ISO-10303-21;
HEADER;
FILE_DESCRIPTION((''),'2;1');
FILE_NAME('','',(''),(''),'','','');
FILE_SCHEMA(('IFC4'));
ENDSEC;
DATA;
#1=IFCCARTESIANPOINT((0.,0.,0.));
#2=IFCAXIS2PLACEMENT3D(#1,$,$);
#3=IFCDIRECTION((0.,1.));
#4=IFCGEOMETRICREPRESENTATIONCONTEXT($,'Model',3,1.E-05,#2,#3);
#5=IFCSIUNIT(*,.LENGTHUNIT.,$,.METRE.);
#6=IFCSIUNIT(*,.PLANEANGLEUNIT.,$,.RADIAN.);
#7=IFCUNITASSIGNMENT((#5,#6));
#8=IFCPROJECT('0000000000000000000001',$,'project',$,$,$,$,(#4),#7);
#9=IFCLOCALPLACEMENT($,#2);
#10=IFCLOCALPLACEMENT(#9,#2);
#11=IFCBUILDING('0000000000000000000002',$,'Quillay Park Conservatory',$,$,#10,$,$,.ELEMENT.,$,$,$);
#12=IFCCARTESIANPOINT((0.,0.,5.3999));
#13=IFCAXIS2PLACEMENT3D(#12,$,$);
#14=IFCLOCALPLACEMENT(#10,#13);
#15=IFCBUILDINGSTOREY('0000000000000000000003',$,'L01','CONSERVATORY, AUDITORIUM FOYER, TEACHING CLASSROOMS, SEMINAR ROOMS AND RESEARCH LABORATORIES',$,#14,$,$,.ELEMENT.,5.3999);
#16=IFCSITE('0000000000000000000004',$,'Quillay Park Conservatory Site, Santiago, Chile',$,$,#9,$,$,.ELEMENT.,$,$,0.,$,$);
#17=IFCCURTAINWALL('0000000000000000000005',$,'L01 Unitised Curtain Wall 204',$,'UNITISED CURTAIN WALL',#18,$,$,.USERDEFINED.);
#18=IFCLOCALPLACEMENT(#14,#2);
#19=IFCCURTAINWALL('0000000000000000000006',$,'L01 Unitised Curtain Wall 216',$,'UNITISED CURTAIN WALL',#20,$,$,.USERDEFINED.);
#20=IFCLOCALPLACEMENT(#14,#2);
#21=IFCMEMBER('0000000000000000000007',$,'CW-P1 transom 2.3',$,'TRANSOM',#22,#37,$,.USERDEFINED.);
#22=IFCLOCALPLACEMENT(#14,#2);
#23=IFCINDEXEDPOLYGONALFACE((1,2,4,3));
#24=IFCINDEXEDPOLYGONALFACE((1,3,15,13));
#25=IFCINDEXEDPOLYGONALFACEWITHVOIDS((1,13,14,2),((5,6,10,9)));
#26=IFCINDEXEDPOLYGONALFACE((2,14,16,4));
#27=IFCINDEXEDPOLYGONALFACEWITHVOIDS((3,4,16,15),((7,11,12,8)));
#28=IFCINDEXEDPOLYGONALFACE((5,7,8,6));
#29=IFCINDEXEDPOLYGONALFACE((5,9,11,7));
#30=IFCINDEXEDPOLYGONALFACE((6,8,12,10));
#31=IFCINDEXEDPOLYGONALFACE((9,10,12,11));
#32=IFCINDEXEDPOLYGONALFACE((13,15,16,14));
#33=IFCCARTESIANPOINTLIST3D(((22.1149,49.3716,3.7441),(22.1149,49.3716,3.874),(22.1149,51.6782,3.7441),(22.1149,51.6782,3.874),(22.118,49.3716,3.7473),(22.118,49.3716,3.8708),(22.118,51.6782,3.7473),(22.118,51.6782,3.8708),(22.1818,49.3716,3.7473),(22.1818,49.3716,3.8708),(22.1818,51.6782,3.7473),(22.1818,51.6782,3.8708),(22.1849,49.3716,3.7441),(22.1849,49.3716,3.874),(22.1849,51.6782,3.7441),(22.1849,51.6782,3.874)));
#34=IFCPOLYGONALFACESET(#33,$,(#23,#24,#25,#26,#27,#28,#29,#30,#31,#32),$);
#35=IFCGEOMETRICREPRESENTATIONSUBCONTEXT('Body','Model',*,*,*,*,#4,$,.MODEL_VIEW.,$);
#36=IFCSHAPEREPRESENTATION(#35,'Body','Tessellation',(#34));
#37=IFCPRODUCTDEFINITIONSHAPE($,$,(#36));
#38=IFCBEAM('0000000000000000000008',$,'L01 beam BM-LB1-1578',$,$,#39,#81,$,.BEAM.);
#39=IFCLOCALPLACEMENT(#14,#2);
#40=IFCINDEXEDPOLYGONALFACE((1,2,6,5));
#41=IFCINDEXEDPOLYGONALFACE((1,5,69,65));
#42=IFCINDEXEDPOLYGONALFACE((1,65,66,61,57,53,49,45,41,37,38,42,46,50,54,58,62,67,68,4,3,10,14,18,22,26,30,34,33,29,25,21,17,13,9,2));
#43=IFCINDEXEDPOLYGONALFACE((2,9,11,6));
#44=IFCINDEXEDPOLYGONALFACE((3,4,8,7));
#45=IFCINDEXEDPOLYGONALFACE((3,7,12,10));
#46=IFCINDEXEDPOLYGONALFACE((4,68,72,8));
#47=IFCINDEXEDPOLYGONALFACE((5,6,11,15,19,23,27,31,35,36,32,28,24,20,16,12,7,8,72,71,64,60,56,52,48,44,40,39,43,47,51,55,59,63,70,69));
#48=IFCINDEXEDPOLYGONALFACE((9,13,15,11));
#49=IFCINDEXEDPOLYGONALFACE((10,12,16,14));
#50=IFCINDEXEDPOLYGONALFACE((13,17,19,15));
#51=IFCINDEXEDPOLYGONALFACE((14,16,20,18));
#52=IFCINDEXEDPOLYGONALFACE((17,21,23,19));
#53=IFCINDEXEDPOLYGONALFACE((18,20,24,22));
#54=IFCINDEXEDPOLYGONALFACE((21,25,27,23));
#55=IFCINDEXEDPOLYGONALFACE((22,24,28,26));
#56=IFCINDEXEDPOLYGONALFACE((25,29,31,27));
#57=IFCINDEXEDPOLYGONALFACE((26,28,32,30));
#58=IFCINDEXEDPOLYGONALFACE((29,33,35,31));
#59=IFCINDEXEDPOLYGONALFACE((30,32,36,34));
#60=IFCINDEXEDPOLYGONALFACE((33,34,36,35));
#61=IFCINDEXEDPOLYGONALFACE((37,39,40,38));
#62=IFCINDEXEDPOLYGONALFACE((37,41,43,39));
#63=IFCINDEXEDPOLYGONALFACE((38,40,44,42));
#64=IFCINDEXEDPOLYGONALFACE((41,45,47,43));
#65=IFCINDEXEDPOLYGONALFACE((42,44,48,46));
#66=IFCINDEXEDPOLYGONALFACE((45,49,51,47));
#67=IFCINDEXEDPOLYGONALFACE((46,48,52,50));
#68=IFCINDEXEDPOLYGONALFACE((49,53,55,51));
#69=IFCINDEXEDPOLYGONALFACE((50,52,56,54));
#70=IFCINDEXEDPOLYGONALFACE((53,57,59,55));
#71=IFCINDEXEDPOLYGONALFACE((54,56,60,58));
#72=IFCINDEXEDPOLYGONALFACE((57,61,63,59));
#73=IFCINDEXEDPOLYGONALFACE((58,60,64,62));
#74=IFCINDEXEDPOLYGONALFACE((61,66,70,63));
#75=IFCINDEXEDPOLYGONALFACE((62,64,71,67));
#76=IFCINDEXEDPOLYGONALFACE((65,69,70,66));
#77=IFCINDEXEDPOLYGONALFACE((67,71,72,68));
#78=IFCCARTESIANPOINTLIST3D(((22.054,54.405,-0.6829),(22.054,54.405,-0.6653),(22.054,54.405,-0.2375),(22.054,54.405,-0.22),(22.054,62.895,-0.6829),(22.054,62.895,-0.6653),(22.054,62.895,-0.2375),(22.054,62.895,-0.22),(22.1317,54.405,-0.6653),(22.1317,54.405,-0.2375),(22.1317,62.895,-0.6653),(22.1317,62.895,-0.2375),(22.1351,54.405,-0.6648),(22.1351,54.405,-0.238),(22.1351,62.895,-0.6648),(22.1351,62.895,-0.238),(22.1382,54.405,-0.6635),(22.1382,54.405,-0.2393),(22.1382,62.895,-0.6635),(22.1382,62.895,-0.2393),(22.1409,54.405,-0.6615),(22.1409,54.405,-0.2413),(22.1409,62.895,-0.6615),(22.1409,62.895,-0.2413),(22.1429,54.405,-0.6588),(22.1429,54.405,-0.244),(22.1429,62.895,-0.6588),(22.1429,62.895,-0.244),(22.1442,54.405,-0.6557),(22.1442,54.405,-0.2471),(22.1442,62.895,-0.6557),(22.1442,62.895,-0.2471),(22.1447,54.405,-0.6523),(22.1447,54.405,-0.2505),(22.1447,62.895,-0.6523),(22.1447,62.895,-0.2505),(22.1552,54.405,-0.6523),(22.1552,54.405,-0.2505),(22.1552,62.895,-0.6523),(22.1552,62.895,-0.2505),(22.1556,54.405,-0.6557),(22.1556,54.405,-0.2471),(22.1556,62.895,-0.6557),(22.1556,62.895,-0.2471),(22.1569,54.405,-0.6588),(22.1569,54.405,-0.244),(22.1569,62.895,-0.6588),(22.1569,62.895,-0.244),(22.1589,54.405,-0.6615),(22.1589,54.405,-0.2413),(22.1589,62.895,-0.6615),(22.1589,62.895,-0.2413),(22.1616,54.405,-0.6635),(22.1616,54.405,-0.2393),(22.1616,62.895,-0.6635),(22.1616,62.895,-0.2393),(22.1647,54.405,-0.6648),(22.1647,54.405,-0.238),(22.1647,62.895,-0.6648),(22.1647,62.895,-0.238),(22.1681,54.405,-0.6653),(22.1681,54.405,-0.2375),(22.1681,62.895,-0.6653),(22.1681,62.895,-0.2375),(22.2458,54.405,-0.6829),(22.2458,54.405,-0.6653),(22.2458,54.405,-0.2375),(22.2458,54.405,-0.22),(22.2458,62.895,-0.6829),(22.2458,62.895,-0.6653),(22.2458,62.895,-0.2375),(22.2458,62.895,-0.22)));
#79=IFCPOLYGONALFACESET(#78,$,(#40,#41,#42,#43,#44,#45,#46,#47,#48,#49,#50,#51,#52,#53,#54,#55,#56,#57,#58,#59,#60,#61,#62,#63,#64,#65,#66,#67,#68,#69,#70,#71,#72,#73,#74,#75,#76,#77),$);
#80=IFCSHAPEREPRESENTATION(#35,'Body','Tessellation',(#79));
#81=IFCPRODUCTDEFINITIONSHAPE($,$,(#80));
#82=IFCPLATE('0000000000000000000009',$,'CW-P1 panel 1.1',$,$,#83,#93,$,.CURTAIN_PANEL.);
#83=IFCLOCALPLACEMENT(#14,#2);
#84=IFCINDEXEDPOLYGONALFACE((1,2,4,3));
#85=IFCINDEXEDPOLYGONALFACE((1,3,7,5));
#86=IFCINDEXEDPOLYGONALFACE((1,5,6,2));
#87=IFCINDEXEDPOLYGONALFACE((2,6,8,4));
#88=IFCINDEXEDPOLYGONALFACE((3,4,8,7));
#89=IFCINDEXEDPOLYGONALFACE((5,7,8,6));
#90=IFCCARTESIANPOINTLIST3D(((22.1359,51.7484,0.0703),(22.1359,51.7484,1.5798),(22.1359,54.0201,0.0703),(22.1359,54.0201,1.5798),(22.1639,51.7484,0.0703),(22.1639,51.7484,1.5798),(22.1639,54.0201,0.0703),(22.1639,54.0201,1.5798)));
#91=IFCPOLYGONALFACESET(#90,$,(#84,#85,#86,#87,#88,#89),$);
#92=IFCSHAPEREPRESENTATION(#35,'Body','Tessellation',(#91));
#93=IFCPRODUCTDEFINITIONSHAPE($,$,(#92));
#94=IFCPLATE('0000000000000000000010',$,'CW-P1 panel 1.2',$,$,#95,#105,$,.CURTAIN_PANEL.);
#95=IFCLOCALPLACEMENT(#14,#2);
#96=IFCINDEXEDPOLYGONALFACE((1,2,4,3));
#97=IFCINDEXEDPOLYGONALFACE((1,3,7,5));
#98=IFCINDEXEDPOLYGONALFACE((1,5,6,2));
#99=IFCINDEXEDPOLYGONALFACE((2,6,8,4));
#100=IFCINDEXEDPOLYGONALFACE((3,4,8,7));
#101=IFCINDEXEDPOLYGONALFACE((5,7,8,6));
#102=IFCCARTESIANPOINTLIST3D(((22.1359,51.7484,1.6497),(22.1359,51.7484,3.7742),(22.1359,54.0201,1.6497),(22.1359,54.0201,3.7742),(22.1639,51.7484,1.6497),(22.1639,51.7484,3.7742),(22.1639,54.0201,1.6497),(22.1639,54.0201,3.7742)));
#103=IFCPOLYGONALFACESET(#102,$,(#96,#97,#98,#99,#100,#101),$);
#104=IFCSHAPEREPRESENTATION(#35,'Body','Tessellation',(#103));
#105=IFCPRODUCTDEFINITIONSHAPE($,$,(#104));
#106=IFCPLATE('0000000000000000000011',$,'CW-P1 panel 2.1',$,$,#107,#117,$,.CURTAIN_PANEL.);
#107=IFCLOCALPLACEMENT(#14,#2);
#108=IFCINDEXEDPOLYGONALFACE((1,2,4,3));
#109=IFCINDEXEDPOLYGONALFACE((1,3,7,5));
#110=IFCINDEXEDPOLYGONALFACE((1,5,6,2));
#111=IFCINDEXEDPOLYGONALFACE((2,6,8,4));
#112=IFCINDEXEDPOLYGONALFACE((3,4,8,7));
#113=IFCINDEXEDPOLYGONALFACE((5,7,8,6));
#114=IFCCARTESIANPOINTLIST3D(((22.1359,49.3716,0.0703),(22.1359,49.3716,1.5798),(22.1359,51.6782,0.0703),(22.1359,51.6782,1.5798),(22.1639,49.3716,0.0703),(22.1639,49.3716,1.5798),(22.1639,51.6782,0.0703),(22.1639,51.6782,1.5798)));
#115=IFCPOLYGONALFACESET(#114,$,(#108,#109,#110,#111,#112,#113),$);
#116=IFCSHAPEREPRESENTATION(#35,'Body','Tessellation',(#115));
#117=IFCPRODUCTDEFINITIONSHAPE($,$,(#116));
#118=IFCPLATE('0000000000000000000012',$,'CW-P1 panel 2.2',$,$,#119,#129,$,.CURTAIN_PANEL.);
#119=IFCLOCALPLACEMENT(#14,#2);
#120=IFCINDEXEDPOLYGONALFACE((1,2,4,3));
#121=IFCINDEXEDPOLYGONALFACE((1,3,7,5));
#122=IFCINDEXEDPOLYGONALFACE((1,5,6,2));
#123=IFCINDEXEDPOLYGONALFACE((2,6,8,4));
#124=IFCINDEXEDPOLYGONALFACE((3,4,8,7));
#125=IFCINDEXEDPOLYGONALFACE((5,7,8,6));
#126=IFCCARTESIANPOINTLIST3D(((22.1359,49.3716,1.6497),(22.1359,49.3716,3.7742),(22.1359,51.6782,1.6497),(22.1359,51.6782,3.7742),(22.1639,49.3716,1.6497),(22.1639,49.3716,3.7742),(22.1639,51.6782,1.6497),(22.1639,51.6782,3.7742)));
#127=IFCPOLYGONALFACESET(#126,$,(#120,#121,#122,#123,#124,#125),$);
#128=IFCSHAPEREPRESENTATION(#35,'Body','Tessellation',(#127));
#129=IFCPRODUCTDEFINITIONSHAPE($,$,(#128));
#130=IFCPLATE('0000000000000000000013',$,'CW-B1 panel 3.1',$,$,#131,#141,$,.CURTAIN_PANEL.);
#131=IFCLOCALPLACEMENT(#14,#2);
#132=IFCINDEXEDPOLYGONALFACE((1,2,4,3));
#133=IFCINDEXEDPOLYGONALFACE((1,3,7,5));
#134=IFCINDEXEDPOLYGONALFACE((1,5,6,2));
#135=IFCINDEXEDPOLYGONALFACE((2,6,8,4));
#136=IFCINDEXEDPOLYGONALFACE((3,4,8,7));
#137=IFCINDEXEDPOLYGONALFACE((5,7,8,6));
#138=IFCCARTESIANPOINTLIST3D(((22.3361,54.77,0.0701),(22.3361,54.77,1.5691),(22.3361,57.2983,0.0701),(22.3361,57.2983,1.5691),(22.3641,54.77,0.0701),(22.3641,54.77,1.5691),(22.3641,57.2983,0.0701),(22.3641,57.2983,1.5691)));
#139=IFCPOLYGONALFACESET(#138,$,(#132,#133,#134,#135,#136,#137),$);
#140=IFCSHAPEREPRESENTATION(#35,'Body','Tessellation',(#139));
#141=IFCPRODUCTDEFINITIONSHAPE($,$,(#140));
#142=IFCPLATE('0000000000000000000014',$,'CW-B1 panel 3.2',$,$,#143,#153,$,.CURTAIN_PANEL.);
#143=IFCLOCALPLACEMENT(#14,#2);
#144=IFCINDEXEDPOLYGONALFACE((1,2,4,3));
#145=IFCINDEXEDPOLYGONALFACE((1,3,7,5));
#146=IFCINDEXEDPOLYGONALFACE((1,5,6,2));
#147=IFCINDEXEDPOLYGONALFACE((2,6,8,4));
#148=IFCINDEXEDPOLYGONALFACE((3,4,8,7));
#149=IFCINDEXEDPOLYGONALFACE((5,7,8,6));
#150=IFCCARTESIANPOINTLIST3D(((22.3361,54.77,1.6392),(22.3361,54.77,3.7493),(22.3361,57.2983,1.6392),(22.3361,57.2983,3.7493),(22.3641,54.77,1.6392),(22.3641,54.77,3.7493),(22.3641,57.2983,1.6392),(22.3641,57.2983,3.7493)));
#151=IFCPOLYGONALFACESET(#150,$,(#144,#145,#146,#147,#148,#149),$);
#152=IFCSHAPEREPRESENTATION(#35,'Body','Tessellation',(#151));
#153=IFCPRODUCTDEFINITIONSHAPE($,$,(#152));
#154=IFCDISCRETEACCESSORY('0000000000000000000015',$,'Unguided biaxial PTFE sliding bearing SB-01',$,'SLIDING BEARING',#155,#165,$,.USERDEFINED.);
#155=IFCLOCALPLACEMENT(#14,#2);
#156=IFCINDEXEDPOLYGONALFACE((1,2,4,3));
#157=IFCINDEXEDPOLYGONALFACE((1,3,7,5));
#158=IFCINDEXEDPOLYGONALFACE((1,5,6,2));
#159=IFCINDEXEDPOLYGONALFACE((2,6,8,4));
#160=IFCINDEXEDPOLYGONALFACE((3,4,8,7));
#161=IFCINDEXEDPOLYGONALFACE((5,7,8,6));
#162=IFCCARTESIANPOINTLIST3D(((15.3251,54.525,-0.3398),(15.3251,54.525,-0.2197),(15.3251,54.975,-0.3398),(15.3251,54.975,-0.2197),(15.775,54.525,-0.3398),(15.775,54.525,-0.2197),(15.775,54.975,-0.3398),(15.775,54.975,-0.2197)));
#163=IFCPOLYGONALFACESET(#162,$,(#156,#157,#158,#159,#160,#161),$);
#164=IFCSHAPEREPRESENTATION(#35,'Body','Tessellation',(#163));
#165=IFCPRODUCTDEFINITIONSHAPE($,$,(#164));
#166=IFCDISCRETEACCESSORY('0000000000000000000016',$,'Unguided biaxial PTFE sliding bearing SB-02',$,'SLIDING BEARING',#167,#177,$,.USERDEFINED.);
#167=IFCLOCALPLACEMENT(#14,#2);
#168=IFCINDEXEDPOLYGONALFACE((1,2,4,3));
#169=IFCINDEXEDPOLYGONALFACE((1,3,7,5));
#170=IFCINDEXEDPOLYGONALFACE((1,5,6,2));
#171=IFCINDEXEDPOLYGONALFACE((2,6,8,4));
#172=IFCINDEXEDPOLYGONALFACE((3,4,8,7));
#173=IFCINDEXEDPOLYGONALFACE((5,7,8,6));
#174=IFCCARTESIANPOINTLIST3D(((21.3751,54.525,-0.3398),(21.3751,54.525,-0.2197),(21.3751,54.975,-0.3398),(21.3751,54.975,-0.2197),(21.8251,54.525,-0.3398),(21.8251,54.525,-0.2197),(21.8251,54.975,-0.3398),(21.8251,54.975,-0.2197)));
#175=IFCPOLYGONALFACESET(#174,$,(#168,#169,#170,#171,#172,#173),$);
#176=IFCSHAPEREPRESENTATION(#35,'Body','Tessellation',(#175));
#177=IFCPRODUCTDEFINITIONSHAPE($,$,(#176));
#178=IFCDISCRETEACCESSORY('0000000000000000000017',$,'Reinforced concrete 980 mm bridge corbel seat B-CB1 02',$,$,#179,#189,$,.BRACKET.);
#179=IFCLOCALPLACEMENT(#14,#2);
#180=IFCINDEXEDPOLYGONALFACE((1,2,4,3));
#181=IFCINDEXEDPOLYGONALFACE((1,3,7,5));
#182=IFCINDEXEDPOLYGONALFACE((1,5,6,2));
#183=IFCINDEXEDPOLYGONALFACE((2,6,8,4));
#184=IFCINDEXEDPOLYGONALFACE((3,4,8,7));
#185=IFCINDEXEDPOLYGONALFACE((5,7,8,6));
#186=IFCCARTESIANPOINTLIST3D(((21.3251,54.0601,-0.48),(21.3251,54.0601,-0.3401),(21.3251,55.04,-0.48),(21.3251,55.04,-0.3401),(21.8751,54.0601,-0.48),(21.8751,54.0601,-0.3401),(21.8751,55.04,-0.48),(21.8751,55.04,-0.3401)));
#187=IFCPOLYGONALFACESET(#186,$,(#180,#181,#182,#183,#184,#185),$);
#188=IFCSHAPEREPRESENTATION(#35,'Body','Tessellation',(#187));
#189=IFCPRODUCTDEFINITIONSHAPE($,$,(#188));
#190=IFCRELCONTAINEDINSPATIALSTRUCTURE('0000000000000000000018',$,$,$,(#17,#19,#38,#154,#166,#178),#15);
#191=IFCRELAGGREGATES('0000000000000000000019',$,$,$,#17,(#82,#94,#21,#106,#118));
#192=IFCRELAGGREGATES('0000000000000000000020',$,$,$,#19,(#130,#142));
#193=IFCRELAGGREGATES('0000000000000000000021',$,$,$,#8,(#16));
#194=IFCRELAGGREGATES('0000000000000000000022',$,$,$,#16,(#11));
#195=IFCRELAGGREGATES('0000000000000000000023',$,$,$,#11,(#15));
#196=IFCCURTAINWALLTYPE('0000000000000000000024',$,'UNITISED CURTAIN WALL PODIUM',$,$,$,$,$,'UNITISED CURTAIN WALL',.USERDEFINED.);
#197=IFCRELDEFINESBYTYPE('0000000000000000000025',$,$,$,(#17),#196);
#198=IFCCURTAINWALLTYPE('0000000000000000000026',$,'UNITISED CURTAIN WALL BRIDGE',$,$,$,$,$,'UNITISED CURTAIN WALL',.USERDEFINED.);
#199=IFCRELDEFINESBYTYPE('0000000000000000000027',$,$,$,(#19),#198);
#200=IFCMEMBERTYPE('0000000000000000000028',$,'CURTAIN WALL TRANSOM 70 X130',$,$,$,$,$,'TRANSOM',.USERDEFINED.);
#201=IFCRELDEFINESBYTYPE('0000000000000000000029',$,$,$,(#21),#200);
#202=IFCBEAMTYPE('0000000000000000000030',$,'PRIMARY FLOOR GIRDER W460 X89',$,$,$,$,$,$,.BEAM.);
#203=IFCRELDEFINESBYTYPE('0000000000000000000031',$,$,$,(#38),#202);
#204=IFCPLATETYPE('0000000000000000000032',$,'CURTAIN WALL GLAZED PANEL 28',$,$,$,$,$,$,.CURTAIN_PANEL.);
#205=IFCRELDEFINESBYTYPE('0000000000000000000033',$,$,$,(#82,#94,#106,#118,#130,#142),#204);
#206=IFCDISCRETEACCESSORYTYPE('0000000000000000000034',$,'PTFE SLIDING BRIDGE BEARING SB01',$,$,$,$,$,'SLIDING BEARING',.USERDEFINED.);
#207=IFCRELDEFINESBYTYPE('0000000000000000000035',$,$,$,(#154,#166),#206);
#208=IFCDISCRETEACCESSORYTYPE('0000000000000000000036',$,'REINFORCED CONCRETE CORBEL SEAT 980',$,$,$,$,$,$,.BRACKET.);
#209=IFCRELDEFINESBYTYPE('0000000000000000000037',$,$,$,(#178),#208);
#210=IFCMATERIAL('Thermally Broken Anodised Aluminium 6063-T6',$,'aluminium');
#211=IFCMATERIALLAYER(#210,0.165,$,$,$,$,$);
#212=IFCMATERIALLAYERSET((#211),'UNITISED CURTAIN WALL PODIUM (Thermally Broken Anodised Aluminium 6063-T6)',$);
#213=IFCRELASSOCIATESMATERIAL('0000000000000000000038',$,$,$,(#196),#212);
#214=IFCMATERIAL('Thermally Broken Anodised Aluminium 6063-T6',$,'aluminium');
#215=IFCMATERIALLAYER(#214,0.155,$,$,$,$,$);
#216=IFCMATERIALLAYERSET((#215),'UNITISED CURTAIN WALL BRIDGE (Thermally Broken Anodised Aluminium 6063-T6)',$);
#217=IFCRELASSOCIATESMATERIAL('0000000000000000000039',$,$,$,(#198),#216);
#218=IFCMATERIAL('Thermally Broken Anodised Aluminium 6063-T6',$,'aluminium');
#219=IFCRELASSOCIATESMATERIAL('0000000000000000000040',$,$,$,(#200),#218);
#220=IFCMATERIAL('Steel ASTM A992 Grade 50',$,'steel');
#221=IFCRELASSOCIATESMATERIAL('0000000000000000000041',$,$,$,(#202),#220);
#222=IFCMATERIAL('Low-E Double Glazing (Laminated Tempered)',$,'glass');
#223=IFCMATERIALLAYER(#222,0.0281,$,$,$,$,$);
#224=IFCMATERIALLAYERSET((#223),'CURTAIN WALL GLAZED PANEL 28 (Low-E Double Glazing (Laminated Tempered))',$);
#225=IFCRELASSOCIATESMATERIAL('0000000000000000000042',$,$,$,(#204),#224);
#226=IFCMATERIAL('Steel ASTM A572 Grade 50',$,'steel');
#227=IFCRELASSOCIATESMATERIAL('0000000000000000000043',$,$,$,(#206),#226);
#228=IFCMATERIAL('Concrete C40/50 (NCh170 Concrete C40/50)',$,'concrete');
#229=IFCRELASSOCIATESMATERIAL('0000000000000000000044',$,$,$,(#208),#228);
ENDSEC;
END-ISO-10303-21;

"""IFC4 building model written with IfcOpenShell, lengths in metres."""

from ifc_helpers import new_model, si_unit, direction, frame, origin, origin_2d, place, context, subcontext, project, spatial, rectangle, hollow_rectangle, i_section, extrude, material, layer, layer_set, material_profile, profile_set, type_object, element, aggregate, save


model = new_model("IFC4")

# Units and contexts
model_context = context("Model", 3, precision=1e-05, world=origin(), true_north=direction((0.0, 1.0)))
body_context = subcontext(model_context, "Body", "Model", "MODEL_VIEW")
ifc_project = project(units=[si_unit("LENGTHUNIT", "METRE"), si_unit("PLANEANGLEUNIT", "RADIAN")], contexts=[model_context])

# Site, building, storey
site_placement = place(None, origin())
site = spatial("IfcSite", under=ifc_project, at=site_placement, Name="Quillay Park Conservatory Site, Santiago, Chile", CompositionType="ELEMENT", RefElevation=0.0)
building_placement = place(site_placement, origin())
building = spatial("IfcBuilding", under=site, at=building_placement, Name="Quillay Park Conservatory", CompositionType="ELEMENT")
storey_placement = place(building_placement, frame((0.0, 0.0, 5.3999)))
storey = spatial("IfcBuildingStorey", under=building, at=storey_placement, Name="L01", Description="CONSERVATORY, AUDITORIUM FOYER, TEACHING CLASSROOMS, SEMINAR ROOMS AND RESEARCH LABORATORIES", CompositionType="ELEMENT", Elevation=5.3999)

# Curtain wall
ifc_material_1 = material(Name="Thermally Broken Anodised Aluminium 6063-T6", Category="aluminium")
ifc_layer_1 = layer(ifc_material_1, 0.165)
ifc_layer_set_1 = layer_set([ifc_layer_1], Name="UNITISED CURTAIN WALL PODIUM (Thermally Broken Anodised Aluminium 6063-T6)")
curtain_wall_type_1 = type_object("IfcCurtainWallType", Name="UNITISED CURTAIN WALL PODIUM", ElementType="UNITISED CURTAIN WALL", PredefinedType="USERDEFINED", material=ifc_layer_set_1)
curtain_wall_1_placement = place(storey_placement, origin())
curtain_wall_1 = element("IfcCurtainWall", 1, at=curtain_wall_1_placement, inside=storey, type_object=curtain_wall_type_1, Name="L01 Unitised Curtain Wall 204", ObjectType="UNITISED CURTAIN WALL", PredefinedType="USERDEFINED")

# Curtain wall
ifc_material_2 = material(Name="Thermally Broken Anodised Aluminium 6063-T6", Category="aluminium")
ifc_layer_2 = layer(ifc_material_2, 0.155)
ifc_layer_set_2 = layer_set([ifc_layer_2], Name="UNITISED CURTAIN WALL BRIDGE (Thermally Broken Anodised Aluminium 6063-T6)")
curtain_wall_type_2 = type_object("IfcCurtainWallType", Name="UNITISED CURTAIN WALL BRIDGE", ElementType="UNITISED CURTAIN WALL", PredefinedType="USERDEFINED", material=ifc_layer_set_2)
curtain_wall_2_placement = place(storey_placement, origin())
curtain_wall_2 = element("IfcCurtainWall", 2, at=curtain_wall_2_placement, inside=storey, type_object=curtain_wall_type_2, Name="L01 Unitised Curtain Wall 216", ObjectType="UNITISED CURTAIN WALL", PredefinedType="USERDEFINED")

# Member
ifc_material_3 = material(Name="Thermally Broken Anodised Aluminium 6063-T6", Category="aluminium")
ifc_material_profile_1 = material_profile(ifc_material_3, hollow_rectangle(XDim=0.0701, YDim=0.1299, WallThickness=0.0032, at=origin_2d()), Name="AL70x130x3.2")
ifc_profile_set_1 = profile_set([ifc_material_profile_1], Name="Thermally Broken Anodised Aluminium 6063-T6")
member_type_1 = type_object("IfcMemberType", Name="CURTAIN WALL TRANSOM 70 X130", ElementType="TRANSOM", PredefinedType="USERDEFINED", material=ifc_profile_set_1)
member_1_placement = place(storey_placement, frame((22.1499, 51.6782, 3.8091), z_axis=(0.0, -1.0, 0.0), x_axis=(1.0, 0.0, 0.0)))
member_1 = element("IfcMember", 3, at=member_1_placement, type_object=member_type_1, Name="CW-P1 transom 2.3", ObjectType="TRANSOM", PredefinedType="USERDEFINED", context=body_context, shape_type="SweptSolid", body=[
    extrude(hollow_rectangle(XDim=0.0701, YDim=0.1299, WallThickness=0.0032, at=origin_2d()), origin(), (0.0, 0.0, 1.0), 2.3066),
])

# Beam
ifc_material_4 = material(Name="Steel ASTM A992 Grade 50", Category="steel")
ifc_material_profile_2 = material_profile(ifc_material_4, i_section(OverallWidth=0.1919, OverallDepth=0.4629, WebThickness=0.0105, FlangeThickness=0.0176, FilletRadius=0.0129, at=origin_2d()), Name="W460x89")
ifc_profile_set_2 = profile_set([ifc_material_profile_2], Name="Steel ASTM A992 Grade 50")
beam_type = type_object("IfcBeamType", Name="PRIMARY FLOOR GIRDER W460 X89", PredefinedType="BEAM", material=ifc_profile_set_2)
beam_placement = place(storey_placement, frame((22.1499, 54.405, -0.4514), z_axis=(0.0, 1.0, 0.0), x_axis=(-1.0, 0.0, 0.0)))
element("IfcBeam", 4, at=beam_placement, inside=storey, type_object=beam_type, Name="L01 beam BM-LB1-1578", PredefinedType="BEAM", context=body_context, shape_type="SweptSolid", body=[
    extrude(i_section(OverallWidth=0.1919, OverallDepth=0.4629, WebThickness=0.0105, FlangeThickness=0.0176, FilletRadius=0.0129, at=origin_2d()), origin(), (0.0, 0.0, 1.0), 8.49),
])

# Plates
ifc_material_5 = material(Name="Low-E Double Glazing (Laminated Tempered)", Category="glass")
ifc_layer_3 = layer(ifc_material_5, 0.0281)
ifc_layer_set_3 = layer_set([ifc_layer_3], Name="CURTAIN WALL GLAZED PANEL 28 (Low-E Double Glazing (Laminated Tempered))")
plate_type = type_object("IfcPlateType", Name="CURTAIN WALL GLAZED PANEL 28", PredefinedType="CURTAIN_PANEL", material=ifc_layer_set_3)
plate_1_placement = place(storey_placement, frame((22.1499, 52.8843, 0.0703), z_axis=(0.0, 0.0, 1.0), x_axis=(0.0, -1.0, 0.0)))
plate_1 = element("IfcPlate", 5, at=plate_1_placement, type_object=plate_type, Name="CW-P1 panel 1.1", PredefinedType="CURTAIN_PANEL", context=body_context, shape_type="SweptSolid", body=[
    extrude(rectangle(XDim=2.2717, YDim=0.0281, at=origin_2d()), origin(), (0.0, 0.0, 1.0), 1.5095),
])
plate_2_placement = place(storey_placement, frame((22.1499, 52.8843, 1.6497), z_axis=(0.0, 0.0, 1.0), x_axis=(0.0, -1.0, 0.0)))
plate_2 = element("IfcPlate", 6, at=plate_2_placement, type_object=plate_type, Name="CW-P1 panel 1.2", PredefinedType="CURTAIN_PANEL", context=body_context, shape_type="SweptSolid", body=[
    extrude(rectangle(XDim=2.2717, YDim=0.0281, at=origin_2d()), origin(), (0.0, 0.0, 1.0), 2.1245),
])
plate_3_placement = place(storey_placement, frame((22.1499, 50.5249, 0.0703), z_axis=(0.0, 0.0, 1.0), x_axis=(0.0, -1.0, 0.0)))
plate_3 = element("IfcPlate", 7, at=plate_3_placement, type_object=plate_type, Name="CW-P1 panel 2.1", PredefinedType="CURTAIN_PANEL", context=body_context, shape_type="SweptSolid", body=[
    extrude(rectangle(XDim=2.3066, YDim=0.0281, at=origin_2d()), origin(), (0.0, 0.0, 1.0), 1.5095),
])
plate_4_placement = place(storey_placement, frame((22.1499, 50.5249, 1.6497), z_axis=(0.0, 0.0, 1.0), x_axis=(0.0, -1.0, 0.0)))
plate_4 = element("IfcPlate", 8, at=plate_4_placement, type_object=plate_type, Name="CW-P1 panel 2.2", PredefinedType="CURTAIN_PANEL", context=body_context, shape_type="SweptSolid", body=[
    extrude(rectangle(XDim=2.3066, YDim=0.0281, at=origin_2d()), origin(), (0.0, 0.0, 1.0), 2.1245),
])
aggregate(curtain_wall_1, [plate_1, plate_2, member_1, plate_3, plate_4])
plate_5_placement = place(storey_placement, frame((22.3501, 56.0342, 0.0701), z_axis=(0.0, 0.0, 1.0), x_axis=(0.0, -1.0, 0.0)))
plate_5 = element("IfcPlate", 9, at=plate_5_placement, type_object=plate_type, Name="CW-B1 panel 3.1", PredefinedType="CURTAIN_PANEL", context=body_context, shape_type="SweptSolid", body=[
    extrude(rectangle(XDim=2.5283, YDim=0.0281, at=origin_2d()), origin(), (0.0, 0.0, 1.0), 1.499),
])
plate_6_placement = place(storey_placement, frame((22.3501, 56.0342, 1.6392), z_axis=(0.0, 0.0, 1.0), x_axis=(0.0, -1.0, 0.0)))
plate_6 = element("IfcPlate", 10, at=plate_6_placement, type_object=plate_type, Name="CW-B1 panel 3.2", PredefinedType="CURTAIN_PANEL", context=body_context, shape_type="SweptSolid", body=[
    extrude(rectangle(XDim=2.5283, YDim=0.0281, at=origin_2d()), origin(), (0.0, 0.0, 1.0), 2.1101),
])
aggregate(curtain_wall_2, [plate_5, plate_6])

# Discrete accessories
ifc_material_6 = material(Name="Steel ASTM A572 Grade 50", Category="steel")
discrete_accessory_type_1 = type_object("IfcDiscreteAccessoryType", Name="PTFE SLIDING BRIDGE BEARING SB01", ElementType="SLIDING BEARING", PredefinedType="USERDEFINED", material=ifc_material_6)
for number, where, z_axis, x_axis, name in (
    (11, (15.55, 54.75, -0.3398), (0.0, 0.0, 1.0), (1.0, 0.0, 0.0), "Unguided biaxial PTFE sliding bearing SB-01"),
    (12, (21.6001, 54.75, -0.3398), (0.0, 0.0, 1.0), (1.0, 0.0, 0.0), "Unguided biaxial PTFE sliding bearing SB-02"),
):
    element("IfcDiscreteAccessory", number, at=place(storey_placement, frame(where, z_axis=z_axis, x_axis=x_axis)), inside=storey, type_object=discrete_accessory_type_1, Name=name, ObjectType="SLIDING BEARING", PredefinedType="USERDEFINED", context=body_context, shape_type="SweptSolid", body=[
        extrude(rectangle(XDim=0.45, YDim=0.45, at=origin_2d()), origin(), (0.0, 0.0, 1.0), 0.1201),
    ])
ifc_material_7 = material(Name="Concrete C40/50 (NCh170 Concrete C40/50)", Category="concrete")
discrete_accessory_type_2 = type_object("IfcDiscreteAccessoryType", Name="REINFORCED CONCRETE CORBEL SEAT 980", PredefinedType="BRACKET", material=ifc_material_7)
discrete_accessory_placement = place(storey_placement, frame((21.6001, 54.55, -0.48), z_axis=(0.0, 0.0, 1.0), x_axis=(1.0, 0.0, 0.0)))
element("IfcDiscreteAccessory", 13, at=discrete_accessory_placement, inside=storey, type_object=discrete_accessory_type_2, Name="Reinforced concrete 980 mm bridge corbel seat B-CB1 02", PredefinedType="BRACKET", context=body_context, shape_type="SweptSolid", body=[
    extrude(rectangle(XDim=0.55, YDim=0.98, at=origin_2d()), origin(), (0.0, 0.0, 1.0), 0.1399),
])

save(model, "model.ifc")
